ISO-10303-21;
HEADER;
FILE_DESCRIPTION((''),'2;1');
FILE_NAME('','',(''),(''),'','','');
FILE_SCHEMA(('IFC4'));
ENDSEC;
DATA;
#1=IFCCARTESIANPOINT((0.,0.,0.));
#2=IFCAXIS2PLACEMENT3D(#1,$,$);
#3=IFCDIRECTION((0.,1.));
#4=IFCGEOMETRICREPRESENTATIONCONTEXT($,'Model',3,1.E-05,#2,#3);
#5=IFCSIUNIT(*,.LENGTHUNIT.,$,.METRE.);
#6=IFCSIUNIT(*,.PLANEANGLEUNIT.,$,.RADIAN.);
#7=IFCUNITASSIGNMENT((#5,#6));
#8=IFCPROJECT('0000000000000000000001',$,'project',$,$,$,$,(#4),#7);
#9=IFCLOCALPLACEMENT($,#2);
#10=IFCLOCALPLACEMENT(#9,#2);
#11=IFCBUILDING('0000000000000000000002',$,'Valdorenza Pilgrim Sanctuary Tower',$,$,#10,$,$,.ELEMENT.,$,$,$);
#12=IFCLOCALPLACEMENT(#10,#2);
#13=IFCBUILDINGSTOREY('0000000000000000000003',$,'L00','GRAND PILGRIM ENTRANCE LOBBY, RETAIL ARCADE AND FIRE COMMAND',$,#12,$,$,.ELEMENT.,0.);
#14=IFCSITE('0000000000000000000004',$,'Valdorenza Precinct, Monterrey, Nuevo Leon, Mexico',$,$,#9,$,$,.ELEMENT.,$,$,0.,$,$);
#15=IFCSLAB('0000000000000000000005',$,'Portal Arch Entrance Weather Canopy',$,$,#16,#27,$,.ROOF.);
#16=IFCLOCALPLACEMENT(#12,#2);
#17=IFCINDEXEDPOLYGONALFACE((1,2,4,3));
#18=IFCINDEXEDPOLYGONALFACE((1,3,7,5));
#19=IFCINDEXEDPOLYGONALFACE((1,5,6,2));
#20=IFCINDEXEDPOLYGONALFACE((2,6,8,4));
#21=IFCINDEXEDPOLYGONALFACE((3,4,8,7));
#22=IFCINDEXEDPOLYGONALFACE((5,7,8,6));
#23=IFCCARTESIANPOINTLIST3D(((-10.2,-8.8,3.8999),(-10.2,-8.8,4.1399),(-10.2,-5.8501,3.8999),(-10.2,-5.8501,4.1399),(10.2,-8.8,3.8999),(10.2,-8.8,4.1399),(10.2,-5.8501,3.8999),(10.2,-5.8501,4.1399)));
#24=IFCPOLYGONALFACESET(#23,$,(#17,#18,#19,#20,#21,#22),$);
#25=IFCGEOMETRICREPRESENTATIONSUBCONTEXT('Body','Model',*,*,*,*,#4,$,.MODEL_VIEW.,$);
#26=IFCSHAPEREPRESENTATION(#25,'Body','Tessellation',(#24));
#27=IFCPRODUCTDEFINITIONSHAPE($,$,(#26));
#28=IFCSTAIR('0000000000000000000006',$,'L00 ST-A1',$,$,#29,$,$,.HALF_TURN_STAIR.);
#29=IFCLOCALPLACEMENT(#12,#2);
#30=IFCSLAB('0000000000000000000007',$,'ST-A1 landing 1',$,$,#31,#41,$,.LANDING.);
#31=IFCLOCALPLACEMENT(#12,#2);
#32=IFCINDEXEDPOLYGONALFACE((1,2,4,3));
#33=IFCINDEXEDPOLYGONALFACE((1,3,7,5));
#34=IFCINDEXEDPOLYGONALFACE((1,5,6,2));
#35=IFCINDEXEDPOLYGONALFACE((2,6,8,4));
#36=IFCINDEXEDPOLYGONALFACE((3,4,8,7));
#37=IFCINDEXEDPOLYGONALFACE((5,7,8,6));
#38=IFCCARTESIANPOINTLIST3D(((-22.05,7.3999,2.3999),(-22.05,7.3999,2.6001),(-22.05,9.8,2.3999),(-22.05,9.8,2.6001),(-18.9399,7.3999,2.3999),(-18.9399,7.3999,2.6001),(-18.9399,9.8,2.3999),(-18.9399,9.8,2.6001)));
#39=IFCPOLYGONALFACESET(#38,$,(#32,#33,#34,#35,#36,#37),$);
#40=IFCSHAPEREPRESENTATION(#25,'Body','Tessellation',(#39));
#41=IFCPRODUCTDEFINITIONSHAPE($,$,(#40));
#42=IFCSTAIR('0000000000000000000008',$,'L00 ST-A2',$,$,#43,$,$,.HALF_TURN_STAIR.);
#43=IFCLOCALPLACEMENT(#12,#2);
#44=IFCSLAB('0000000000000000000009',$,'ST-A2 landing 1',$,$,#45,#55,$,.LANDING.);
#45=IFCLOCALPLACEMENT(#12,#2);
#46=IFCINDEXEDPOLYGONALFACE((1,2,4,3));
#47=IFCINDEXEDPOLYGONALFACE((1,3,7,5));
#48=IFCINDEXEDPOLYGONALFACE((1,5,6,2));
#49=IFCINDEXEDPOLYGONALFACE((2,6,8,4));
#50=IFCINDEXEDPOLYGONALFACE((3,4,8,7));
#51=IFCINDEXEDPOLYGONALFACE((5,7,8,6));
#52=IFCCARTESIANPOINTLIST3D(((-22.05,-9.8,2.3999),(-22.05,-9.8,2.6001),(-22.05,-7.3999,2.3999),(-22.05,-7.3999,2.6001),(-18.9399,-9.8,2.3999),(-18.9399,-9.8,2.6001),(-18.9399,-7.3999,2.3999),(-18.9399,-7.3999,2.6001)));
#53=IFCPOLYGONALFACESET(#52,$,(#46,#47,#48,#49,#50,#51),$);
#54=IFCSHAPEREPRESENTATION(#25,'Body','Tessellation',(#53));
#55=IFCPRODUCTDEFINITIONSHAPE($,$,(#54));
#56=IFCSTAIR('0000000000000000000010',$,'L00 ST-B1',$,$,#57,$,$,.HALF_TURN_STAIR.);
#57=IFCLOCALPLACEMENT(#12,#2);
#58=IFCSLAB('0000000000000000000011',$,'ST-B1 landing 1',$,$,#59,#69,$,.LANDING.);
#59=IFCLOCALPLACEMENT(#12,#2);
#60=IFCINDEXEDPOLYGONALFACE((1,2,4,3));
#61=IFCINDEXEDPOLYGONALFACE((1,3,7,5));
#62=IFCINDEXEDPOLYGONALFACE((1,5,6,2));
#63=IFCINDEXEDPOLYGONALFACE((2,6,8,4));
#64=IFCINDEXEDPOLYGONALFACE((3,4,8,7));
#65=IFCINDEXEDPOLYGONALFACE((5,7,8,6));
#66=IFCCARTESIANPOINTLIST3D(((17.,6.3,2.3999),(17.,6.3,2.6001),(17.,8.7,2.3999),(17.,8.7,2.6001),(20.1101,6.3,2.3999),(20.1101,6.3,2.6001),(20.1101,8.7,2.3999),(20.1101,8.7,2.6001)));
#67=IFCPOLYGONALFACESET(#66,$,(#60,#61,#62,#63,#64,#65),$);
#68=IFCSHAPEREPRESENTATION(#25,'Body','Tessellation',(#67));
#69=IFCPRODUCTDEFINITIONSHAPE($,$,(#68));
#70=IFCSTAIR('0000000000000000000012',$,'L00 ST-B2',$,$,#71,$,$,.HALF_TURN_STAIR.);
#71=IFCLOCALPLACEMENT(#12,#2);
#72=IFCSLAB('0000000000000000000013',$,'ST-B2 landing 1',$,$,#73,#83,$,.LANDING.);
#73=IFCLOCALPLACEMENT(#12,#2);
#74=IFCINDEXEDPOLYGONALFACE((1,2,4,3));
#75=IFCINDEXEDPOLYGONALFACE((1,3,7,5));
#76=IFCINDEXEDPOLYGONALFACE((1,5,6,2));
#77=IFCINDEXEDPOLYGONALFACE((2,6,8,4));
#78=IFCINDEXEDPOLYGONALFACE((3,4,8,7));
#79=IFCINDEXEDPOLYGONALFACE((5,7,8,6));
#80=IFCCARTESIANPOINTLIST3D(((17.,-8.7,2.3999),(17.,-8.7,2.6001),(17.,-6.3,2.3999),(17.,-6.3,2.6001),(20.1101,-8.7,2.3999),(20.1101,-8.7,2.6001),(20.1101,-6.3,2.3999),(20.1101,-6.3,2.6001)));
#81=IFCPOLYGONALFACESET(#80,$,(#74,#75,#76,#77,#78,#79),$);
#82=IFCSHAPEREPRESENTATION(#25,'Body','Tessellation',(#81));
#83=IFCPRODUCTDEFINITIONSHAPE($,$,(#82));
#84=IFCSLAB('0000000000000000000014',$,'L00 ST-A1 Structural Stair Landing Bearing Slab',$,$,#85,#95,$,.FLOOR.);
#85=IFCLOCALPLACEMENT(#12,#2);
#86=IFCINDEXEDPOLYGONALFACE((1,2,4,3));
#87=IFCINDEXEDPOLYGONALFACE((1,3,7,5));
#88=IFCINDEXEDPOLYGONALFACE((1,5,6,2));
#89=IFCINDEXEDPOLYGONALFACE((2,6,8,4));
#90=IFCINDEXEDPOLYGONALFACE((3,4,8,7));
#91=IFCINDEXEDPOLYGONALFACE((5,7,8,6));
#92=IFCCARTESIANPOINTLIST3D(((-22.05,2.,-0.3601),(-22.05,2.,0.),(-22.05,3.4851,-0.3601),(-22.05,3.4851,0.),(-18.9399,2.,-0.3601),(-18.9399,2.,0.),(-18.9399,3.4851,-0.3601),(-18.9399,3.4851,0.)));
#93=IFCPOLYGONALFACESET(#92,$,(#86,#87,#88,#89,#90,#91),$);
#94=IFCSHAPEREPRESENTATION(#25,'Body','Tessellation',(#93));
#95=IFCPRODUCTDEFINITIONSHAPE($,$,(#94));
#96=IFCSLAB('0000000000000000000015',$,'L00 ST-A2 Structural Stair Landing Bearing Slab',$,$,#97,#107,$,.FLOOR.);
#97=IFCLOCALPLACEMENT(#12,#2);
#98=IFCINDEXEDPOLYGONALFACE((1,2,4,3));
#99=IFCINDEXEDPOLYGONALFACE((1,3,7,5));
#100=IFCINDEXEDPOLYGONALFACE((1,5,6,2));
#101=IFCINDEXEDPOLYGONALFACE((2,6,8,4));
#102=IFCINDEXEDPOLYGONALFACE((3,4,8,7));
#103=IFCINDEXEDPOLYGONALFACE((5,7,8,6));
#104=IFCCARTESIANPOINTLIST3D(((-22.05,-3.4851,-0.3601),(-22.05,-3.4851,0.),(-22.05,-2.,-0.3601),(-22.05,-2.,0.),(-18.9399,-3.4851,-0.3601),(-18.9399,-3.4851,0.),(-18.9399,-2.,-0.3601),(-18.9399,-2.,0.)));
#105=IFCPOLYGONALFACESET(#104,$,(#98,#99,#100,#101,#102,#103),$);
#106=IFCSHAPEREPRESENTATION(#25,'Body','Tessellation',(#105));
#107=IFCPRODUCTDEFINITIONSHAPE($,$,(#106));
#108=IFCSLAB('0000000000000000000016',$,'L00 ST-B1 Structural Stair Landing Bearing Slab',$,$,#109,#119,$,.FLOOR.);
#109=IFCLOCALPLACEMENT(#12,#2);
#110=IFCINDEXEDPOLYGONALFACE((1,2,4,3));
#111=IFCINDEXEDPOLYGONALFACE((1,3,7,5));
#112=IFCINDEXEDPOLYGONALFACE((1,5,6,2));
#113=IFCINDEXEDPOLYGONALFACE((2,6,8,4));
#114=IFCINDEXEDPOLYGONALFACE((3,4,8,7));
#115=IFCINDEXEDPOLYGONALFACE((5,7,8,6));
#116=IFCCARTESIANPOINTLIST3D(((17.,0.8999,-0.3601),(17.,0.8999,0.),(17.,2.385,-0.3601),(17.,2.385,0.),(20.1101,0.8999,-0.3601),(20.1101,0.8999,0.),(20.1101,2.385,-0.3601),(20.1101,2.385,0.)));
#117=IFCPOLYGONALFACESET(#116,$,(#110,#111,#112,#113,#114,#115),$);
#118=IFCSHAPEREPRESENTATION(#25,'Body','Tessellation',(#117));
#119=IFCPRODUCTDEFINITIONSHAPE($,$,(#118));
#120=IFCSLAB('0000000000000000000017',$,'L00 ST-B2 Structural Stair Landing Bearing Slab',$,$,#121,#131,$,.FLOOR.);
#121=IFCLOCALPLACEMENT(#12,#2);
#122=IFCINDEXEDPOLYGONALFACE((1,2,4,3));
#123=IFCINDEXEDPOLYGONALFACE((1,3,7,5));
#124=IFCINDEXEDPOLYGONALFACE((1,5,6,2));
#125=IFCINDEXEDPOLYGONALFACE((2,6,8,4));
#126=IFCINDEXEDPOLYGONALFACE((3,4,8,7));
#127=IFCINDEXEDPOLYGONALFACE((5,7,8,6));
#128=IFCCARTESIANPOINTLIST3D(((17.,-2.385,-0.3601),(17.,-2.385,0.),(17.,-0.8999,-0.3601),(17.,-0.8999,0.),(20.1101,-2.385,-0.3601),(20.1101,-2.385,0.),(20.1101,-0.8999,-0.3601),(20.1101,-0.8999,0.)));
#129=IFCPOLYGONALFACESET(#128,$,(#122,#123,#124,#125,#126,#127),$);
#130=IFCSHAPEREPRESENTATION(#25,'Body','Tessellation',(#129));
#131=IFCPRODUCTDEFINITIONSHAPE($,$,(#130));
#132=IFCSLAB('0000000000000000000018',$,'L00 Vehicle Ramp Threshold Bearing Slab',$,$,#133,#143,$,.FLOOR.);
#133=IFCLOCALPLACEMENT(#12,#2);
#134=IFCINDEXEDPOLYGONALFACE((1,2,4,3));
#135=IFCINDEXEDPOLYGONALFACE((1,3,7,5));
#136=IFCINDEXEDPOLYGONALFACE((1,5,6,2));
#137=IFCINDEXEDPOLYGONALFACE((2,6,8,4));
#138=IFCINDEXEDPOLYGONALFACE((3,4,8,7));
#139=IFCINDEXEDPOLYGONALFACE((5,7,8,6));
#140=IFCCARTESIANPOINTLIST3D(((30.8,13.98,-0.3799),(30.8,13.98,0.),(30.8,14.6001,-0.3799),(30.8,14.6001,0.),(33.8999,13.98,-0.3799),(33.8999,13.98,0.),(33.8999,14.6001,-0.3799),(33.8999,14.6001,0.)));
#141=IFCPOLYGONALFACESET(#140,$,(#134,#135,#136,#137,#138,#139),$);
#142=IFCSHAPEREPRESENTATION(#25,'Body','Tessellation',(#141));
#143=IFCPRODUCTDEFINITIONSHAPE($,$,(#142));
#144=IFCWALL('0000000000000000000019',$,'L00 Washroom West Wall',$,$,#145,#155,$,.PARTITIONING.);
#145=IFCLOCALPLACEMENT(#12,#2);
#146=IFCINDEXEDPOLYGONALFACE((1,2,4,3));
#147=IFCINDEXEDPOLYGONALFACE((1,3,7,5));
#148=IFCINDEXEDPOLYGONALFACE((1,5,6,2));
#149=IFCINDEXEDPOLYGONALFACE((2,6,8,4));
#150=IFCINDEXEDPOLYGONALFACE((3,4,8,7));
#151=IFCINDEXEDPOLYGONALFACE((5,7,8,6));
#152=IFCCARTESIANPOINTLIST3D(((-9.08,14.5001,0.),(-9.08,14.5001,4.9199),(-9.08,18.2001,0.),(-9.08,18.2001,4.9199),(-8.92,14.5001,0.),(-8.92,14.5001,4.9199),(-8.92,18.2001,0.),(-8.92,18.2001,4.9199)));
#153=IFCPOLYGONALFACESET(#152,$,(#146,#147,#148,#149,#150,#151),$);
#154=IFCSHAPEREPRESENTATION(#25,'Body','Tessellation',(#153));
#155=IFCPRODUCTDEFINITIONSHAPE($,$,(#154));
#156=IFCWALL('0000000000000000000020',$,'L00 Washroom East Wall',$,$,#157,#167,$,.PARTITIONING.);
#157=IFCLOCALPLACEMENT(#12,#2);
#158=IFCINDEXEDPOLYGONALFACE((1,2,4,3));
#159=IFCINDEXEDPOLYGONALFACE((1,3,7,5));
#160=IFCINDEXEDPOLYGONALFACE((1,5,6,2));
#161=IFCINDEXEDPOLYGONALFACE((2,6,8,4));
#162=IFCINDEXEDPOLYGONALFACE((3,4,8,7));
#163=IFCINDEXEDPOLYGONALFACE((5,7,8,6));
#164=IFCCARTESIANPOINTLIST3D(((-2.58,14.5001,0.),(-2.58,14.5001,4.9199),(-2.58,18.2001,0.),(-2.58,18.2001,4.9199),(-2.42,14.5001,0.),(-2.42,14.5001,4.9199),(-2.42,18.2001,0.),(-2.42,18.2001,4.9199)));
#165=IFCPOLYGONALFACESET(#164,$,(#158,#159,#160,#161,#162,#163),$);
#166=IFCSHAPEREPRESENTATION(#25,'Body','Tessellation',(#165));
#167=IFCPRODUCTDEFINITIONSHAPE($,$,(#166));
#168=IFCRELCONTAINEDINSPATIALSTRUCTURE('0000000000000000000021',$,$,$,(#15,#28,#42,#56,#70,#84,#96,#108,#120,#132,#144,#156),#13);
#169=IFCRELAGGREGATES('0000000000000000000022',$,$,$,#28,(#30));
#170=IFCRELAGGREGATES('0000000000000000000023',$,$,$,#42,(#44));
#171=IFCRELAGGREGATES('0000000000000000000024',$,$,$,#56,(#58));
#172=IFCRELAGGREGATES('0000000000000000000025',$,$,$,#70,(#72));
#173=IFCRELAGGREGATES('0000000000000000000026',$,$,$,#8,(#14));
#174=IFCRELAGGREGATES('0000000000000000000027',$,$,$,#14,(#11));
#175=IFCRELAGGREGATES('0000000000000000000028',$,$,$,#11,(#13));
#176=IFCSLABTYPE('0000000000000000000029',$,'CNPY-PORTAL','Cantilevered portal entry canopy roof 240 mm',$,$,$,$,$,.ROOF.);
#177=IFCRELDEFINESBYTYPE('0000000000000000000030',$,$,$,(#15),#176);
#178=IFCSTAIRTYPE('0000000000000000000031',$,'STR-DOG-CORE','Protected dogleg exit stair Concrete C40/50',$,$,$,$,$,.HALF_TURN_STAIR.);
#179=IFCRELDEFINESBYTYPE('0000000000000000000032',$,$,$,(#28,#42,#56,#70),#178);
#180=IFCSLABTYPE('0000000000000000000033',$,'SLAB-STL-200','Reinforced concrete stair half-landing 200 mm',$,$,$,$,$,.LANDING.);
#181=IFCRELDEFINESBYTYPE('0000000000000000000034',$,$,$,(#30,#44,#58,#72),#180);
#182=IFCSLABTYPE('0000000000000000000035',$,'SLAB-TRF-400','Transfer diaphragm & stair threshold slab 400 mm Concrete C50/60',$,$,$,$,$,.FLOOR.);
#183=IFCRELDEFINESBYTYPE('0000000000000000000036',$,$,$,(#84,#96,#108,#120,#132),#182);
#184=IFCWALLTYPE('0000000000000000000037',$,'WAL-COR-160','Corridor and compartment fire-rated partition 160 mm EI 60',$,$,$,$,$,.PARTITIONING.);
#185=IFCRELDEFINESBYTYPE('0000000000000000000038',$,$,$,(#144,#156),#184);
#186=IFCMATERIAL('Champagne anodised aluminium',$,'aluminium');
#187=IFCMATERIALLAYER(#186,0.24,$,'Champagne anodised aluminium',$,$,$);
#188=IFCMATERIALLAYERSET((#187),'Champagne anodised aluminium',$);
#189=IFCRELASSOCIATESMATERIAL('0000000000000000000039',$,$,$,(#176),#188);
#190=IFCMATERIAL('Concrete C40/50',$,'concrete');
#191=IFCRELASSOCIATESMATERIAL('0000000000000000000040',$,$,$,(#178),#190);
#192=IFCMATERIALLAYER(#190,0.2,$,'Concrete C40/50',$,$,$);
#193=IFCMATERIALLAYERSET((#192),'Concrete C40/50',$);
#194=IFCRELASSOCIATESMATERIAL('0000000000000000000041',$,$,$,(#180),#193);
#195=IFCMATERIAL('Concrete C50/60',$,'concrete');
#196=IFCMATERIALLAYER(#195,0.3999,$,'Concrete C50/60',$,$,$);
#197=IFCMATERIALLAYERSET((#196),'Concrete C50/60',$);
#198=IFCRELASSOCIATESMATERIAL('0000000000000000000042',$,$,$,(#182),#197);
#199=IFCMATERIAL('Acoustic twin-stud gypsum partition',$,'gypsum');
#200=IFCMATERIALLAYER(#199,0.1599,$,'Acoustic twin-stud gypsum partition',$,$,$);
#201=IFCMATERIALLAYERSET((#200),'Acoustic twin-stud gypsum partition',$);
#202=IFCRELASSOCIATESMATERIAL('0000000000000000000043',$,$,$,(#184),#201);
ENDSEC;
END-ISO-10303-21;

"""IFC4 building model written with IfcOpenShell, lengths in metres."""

from ifc_helpers import new_model, si_unit, direction, frame, frame_2d, origin, place, context, subcontext, project, spatial, polyline, rectangle, outline, extrude, material, layer, layer_set, type_object, element, aggregate, save


model = new_model("IFC4")

# Units and contexts
model_context = context("Model", 3, precision=1e-05, world=origin(), true_north=direction((0.0, 1.0)))
body_context = subcontext(model_context, "Body", "Model", "MODEL_VIEW")
ifc_project = project(units=[si_unit("LENGTHUNIT", "METRE"), si_unit("PLANEANGLEUNIT", "RADIAN")], contexts=[model_context])

# Site, building, storey
site_placement = place(None, origin())
site = spatial("IfcSite", under=ifc_project, at=site_placement, Name="Valdorenza Precinct, Monterrey, Nuevo Leon, Mexico", CompositionType="ELEMENT", RefElevation=0.0)
building_placement = place(site_placement, origin())
building = spatial("IfcBuilding", under=site, at=building_placement, Name="Valdorenza Pilgrim Sanctuary Tower", CompositionType="ELEMENT")
storey_placement = place(building_placement, origin())
storey = spatial("IfcBuildingStorey", under=building, at=storey_placement, Name="L00", Description="GRAND PILGRIM ENTRANCE LOBBY, RETAIL ARCADE AND FIRE COMMAND", CompositionType="ELEMENT", Elevation=0.0)

# Slab
ifc_material_1 = material(Name="Champagne anodised aluminium", Category="aluminium")
ifc_layer_1 = layer(ifc_material_1, 0.24, Name="Champagne anodised aluminium")
ifc_layer_set_1 = layer_set([ifc_layer_1], Name="Champagne anodised aluminium")
slab_type_1 = type_object("IfcSlabType", Name="CNPY-PORTAL", Description="Cantilevered portal entry canopy roof 240 mm", PredefinedType="ROOF", material=ifc_layer_set_1)
slab_1_placement = place(storey_placement, frame((0.0, 0.0, 3.8999)))
element("IfcSlab", 1, at=slab_1_placement, inside=storey, type_object=slab_type_1, Name="Portal Arch Entrance Weather Canopy", PredefinedType="ROOF", context=body_context, shape_type="SweptSolid", body=[
    extrude(outline(polyline([(-10.2, -8.8), (10.2, -8.8), (10.2, -5.8501), (-10.2, -5.8501), (-10.2, -8.8)])), origin(), (0.0, 0.0, 1.0), 0.24),
])

# Stairs, slabs
ifc_material_2 = material(Name="Concrete C40/50", Category="concrete")
stair_type = type_object("IfcStairType", Name="STR-DOG-CORE", Description="Protected dogleg exit stair Concrete C40/50", PredefinedType="HALF_TURN_STAIR", material=ifc_material_2)
stair_1_placement = place(storey_placement, origin())
stair_1 = element("IfcStair", 2, at=stair_1_placement, inside=storey, type_object=stair_type, Name="L00 ST-A1", PredefinedType="HALF_TURN_STAIR")
ifc_layer_2 = layer(ifc_material_2, 0.2, Name="Concrete C40/50")
ifc_layer_set_2 = layer_set([ifc_layer_2], Name="Concrete C40/50")
slab_type_2 = type_object("IfcSlabType", Name="SLAB-STL-200", Description="Reinforced concrete stair half-landing 200 mm", PredefinedType="LANDING", material=ifc_layer_set_2)
slab_2_placement = place(storey_placement, frame((0.0, 0.0, 2.3999)))
slab_2 = element("IfcSlab", 3, at=slab_2_placement, type_object=slab_type_2, Name="ST-A1 landing 1", PredefinedType="LANDING", context=body_context, shape_type="SweptSolid", body=[
    extrude(outline(polyline([(-18.9399, 7.3999), (-18.9399, 9.8), (-22.05, 9.8), (-22.05, 7.3999), (-18.9399, 7.3999)])), origin(), (0.0, 0.0, 1.0), 0.2002),
])
aggregate(stair_1, [slab_2])
stair_2_placement = place(storey_placement, origin())
stair_2 = element("IfcStair", 4, at=stair_2_placement, inside=storey, type_object=stair_type, Name="L00 ST-A2", PredefinedType="HALF_TURN_STAIR")
slab_3_placement = place(storey_placement, frame((0.0, 0.0, 2.3999)))
slab_3 = element("IfcSlab", 5, at=slab_3_placement, type_object=slab_type_2, Name="ST-A2 landing 1", PredefinedType="LANDING", context=body_context, shape_type="SweptSolid", body=[
    extrude(outline(polyline([(-22.05, -7.3999), (-22.05, -9.8), (-18.9399, -9.8), (-18.9399, -7.3999), (-22.05, -7.3999)])), origin(), (0.0, 0.0, 1.0), 0.2002),
])
aggregate(stair_2, [slab_3])
stair_3_placement = place(storey_placement, origin())
stair_3 = element("IfcStair", 6, at=stair_3_placement, inside=storey, type_object=stair_type, Name="L00 ST-B1", PredefinedType="HALF_TURN_STAIR")
slab_4_placement = place(storey_placement, frame((0.0, 0.0, 2.3999)))
slab_4 = element("IfcSlab", 7, at=slab_4_placement, type_object=slab_type_2, Name="ST-B1 landing 1", PredefinedType="LANDING", context=body_context, shape_type="SweptSolid", body=[
    extrude(outline(polyline([(20.1101, 6.3), (20.1101, 8.7), (17.0, 8.7), (17.0, 6.3), (20.1101, 6.3)])), origin(), (0.0, 0.0, 1.0), 0.2002),
])
aggregate(stair_3, [slab_4])
stair_4_placement = place(storey_placement, origin())
stair_4 = element("IfcStair", 8, at=stair_4_placement, inside=storey, type_object=stair_type, Name="L00 ST-B2", PredefinedType="HALF_TURN_STAIR")
slab_5_placement = place(storey_placement, frame((0.0, 0.0, 2.3999)))
slab_5 = element("IfcSlab", 9, at=slab_5_placement, type_object=slab_type_2, Name="ST-B2 landing 1", PredefinedType="LANDING", context=body_context, shape_type="SweptSolid", body=[
    extrude(outline(polyline([(17.0, -6.3), (17.0, -8.7), (20.1101, -8.7), (20.1101, -6.3), (17.0, -6.3)])), origin(), (0.0, 0.0, 1.0), 0.2002),
])
aggregate(stair_4, [slab_5])

# Slabs
ifc_material_3 = material(Name="Concrete C50/60", Category="concrete")
ifc_layer_3 = layer(ifc_material_3, 0.3999, Name="Concrete C50/60")
ifc_layer_set_3 = layer_set([ifc_layer_3], Name="Concrete C50/60")
slab_type_3 = type_object("IfcSlabType", Name="SLAB-TRF-400", Description="Transfer diaphragm & stair threshold slab 400 mm Concrete C50/60", PredefinedType="FLOOR", material=ifc_layer_set_3)
slab_6_placement = place(storey_placement, frame((0.0, 0.0, -0.3601)))
element("IfcSlab", 10, at=slab_6_placement, inside=storey, type_object=slab_type_3, Name="L00 ST-A1 Structural Stair Landing Bearing Slab", PredefinedType="FLOOR", context=body_context, shape_type="SweptSolid", body=[
    extrude(outline(polyline([(-22.05, 2.0), (-18.9399, 2.0), (-18.9399, 3.4851), (-22.05, 3.4851), (-22.05, 2.0)])), origin(), (0.0, 0.0, 1.0), 0.3601),
])
slab_7_placement = place(storey_placement, frame((0.0, 0.0, -0.3601)))
element("IfcSlab", 11, at=slab_7_placement, inside=storey, type_object=slab_type_3, Name="L00 ST-A2 Structural Stair Landing Bearing Slab", PredefinedType="FLOOR", context=body_context, shape_type="SweptSolid", body=[
    extrude(outline(polyline([(-22.05, -3.4851), (-18.9399, -3.4851), (-18.9399, -2.0), (-22.05, -2.0), (-22.05, -3.4851)])), origin(), (0.0, 0.0, 1.0), 0.3601),
])
slab_8_placement = place(storey_placement, frame((0.0, 0.0, -0.3601)))
element("IfcSlab", 12, at=slab_8_placement, inside=storey, type_object=slab_type_3, Name="L00 ST-B1 Structural Stair Landing Bearing Slab", PredefinedType="FLOOR", context=body_context, shape_type="SweptSolid", body=[
    extrude(outline(polyline([(17.0, 0.8999), (20.1101, 0.8999), (20.1101, 2.385), (17.0, 2.385), (17.0, 0.8999)])), origin(), (0.0, 0.0, 1.0), 0.3601),
])
slab_9_placement = place(storey_placement, frame((0.0, 0.0, -0.3601)))
element("IfcSlab", 13, at=slab_9_placement, inside=storey, type_object=slab_type_3, Name="L00 ST-B2 Structural Stair Landing Bearing Slab", PredefinedType="FLOOR", context=body_context, shape_type="SweptSolid", body=[
    extrude(outline(polyline([(17.0, -2.385), (20.1101, -2.385), (20.1101, -0.8999), (17.0, -0.8999), (17.0, -2.385)])), origin(), (0.0, 0.0, 1.0), 0.3601),
])
slab_10_placement = place(storey_placement, frame((0.0, 0.0, -0.3799)))
element("IfcSlab", 14, at=slab_10_placement, inside=storey, type_object=slab_type_3, Name="L00 Vehicle Ramp Threshold Bearing Slab", PredefinedType="FLOOR", context=body_context, shape_type="SweptSolid", body=[
    extrude(outline(polyline([(30.8, 13.98), (33.8999, 13.98), (33.8999, 14.6001), (30.8, 14.6001), (30.8, 13.98)])), origin(), (0.0, 0.0, 1.0), 0.3799),
])

# Walls
ifc_material_4 = material(Name="Acoustic twin-stud gypsum partition", Category="gypsum")
ifc_layer_4 = layer(ifc_material_4, 0.1599, Name="Acoustic twin-stud gypsum partition")
ifc_layer_set_4 = layer_set([ifc_layer_4], Name="Acoustic twin-stud gypsum partition")
wall_type_1 = type_object("IfcWallType", Name="WAL-COR-160", Description="Corridor and compartment fire-rated partition 160 mm EI 60", PredefinedType="PARTITIONING", material=ifc_layer_set_4)
for number, where, z_axis, x_axis, name in (
    (15, (-9.0, 14.5, 0.0), (0.0, 0.0, 1.0), (0.0, 1.0, 0.0), "L00 Washroom West Wall"),
    (16, (-2.5, 14.5, 0.0), (0.0, 0.0, 1.0), (0.0, 1.0, 0.0), "L00 Washroom East Wall"),
):
    element("IfcWall", number, at=place(storey_placement, frame(where, z_axis=z_axis, x_axis=x_axis)), inside=storey, type_object=wall_type_1, Name=name, PredefinedType="PARTITIONING", context=body_context, shape_type="SweptSolid", body=[
        extrude(rectangle(XDim=3.7, YDim=0.1599, at=frame_2d((1.8501, 0.0))), origin(), (0.0, 0.0, 1.0), 4.9199),
    ])

save(model, "model.ifc")
